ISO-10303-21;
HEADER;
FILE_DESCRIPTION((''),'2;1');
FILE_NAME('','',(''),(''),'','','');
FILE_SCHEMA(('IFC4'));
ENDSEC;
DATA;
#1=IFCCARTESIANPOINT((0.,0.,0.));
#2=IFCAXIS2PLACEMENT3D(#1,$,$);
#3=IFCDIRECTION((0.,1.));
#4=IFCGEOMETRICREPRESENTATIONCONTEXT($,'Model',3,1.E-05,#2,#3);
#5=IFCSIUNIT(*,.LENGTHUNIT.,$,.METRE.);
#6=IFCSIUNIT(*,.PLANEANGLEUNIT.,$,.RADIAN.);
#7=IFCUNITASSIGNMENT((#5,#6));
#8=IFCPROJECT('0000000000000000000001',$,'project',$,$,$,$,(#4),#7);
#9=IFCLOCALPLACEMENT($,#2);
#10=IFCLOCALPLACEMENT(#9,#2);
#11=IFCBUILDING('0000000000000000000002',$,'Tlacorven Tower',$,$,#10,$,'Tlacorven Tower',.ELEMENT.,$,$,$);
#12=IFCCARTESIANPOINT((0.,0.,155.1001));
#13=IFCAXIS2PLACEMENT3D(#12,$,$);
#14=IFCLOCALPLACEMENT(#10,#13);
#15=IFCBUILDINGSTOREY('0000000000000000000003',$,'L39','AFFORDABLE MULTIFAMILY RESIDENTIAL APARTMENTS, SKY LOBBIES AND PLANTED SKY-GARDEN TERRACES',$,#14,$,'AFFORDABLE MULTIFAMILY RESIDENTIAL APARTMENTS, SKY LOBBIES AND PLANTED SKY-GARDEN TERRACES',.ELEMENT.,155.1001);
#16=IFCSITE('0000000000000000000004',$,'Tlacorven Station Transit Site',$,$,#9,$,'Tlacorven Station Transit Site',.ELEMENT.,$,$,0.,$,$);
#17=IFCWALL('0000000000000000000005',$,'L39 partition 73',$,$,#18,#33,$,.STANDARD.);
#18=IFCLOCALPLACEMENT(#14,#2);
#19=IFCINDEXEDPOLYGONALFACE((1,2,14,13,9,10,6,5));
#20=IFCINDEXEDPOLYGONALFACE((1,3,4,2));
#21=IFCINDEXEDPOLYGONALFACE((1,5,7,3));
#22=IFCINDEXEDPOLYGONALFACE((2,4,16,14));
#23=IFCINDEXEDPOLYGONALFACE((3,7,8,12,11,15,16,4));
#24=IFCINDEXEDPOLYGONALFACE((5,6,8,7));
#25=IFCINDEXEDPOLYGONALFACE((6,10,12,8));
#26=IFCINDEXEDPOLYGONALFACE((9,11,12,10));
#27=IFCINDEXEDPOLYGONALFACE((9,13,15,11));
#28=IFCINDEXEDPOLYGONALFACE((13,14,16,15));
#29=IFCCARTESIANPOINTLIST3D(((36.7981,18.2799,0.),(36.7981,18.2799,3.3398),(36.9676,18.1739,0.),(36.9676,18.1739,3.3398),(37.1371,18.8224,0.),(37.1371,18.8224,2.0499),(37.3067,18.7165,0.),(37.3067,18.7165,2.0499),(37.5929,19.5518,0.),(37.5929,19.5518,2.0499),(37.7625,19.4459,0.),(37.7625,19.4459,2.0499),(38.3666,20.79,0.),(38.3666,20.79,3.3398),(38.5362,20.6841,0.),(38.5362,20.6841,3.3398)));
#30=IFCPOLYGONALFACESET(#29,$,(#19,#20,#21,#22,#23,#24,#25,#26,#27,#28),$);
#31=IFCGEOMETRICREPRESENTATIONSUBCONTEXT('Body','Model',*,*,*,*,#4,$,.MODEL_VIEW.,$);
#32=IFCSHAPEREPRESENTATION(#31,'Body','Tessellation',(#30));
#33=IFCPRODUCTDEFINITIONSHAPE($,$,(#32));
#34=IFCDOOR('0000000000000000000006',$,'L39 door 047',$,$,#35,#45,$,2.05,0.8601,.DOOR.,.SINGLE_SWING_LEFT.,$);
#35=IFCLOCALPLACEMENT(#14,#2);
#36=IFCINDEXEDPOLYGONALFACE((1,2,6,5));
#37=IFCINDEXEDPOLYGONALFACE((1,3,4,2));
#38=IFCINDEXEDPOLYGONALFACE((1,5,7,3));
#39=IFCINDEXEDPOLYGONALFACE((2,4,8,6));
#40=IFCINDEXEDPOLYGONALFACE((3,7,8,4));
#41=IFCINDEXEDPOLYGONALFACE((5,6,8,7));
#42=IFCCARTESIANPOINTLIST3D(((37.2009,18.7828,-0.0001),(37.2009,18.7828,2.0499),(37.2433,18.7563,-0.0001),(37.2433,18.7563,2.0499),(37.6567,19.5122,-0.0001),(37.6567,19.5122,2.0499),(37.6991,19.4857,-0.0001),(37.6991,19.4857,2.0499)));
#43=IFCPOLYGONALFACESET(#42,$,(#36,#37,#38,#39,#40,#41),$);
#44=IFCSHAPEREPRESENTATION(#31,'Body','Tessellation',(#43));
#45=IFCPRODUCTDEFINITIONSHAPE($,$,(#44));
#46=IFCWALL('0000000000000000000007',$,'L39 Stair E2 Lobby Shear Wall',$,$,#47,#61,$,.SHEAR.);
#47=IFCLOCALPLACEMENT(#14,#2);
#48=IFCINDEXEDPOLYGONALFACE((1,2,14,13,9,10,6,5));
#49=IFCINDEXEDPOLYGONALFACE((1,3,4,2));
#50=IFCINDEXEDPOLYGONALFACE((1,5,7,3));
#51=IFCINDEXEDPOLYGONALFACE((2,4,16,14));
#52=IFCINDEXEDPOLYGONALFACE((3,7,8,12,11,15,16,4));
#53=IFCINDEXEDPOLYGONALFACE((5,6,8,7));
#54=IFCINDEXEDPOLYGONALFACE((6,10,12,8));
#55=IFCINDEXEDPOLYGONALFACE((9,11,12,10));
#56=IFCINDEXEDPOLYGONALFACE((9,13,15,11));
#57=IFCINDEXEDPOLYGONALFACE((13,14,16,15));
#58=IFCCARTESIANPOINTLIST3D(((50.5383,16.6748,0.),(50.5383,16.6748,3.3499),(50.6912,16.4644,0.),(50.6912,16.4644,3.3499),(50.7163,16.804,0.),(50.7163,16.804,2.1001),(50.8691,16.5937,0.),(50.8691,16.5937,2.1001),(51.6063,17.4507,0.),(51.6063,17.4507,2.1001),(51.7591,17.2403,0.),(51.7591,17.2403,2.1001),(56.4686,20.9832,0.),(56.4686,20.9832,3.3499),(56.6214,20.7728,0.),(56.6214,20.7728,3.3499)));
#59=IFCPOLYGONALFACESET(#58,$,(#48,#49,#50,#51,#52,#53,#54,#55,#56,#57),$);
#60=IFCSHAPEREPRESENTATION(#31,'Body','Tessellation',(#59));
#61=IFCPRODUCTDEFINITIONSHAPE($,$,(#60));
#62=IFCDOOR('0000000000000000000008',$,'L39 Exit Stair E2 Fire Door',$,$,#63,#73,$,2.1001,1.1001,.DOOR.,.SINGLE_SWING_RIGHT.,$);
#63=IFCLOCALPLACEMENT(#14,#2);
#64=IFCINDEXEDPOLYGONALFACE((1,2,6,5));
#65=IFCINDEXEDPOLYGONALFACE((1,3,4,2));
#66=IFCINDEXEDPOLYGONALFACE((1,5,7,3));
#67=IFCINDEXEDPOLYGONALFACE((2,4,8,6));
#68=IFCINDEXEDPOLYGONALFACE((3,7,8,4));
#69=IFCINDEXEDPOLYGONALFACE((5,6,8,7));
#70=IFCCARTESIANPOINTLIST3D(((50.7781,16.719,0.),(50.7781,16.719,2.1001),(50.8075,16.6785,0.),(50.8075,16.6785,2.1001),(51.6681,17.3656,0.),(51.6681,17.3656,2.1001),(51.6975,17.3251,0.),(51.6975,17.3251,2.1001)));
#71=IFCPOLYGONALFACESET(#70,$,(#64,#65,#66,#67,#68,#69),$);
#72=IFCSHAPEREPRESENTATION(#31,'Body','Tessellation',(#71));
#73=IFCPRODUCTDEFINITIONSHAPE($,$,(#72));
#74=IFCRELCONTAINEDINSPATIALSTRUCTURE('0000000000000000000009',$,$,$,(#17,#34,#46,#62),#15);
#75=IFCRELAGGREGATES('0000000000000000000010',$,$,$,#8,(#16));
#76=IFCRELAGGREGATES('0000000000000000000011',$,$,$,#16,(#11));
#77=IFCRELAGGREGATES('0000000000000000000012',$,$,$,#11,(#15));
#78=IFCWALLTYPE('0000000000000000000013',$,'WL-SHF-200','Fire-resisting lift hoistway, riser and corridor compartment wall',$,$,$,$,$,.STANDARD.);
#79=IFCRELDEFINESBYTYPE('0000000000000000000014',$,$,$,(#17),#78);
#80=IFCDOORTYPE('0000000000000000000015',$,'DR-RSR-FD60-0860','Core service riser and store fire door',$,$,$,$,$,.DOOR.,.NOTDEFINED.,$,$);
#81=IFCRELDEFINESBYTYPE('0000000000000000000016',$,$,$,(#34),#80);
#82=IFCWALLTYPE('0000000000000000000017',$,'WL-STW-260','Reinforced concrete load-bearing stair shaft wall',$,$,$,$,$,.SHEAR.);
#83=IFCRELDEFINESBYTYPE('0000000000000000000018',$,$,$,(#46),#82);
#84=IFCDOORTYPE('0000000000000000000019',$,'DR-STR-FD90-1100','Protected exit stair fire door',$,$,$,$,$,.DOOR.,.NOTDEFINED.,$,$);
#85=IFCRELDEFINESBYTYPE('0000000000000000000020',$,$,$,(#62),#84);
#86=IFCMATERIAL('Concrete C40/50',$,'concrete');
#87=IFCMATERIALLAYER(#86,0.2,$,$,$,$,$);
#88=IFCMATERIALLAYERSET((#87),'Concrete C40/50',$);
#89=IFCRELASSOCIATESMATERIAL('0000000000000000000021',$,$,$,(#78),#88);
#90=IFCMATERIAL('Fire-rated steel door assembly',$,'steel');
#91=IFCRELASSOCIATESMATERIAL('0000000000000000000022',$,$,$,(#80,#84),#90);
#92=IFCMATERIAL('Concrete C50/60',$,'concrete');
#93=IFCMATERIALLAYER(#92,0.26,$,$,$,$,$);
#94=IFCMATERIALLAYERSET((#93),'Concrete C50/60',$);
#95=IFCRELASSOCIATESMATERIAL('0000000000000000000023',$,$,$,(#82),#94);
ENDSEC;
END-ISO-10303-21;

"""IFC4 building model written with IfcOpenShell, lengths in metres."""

from ifc_helpers import new_model, si_unit, direction, frame, frame_2d, origin, place, context, subcontext, project, spatial, rectangle, extrude, source, transform, mapped, material, layer, layer_set, type_object, element, fill, save


model = new_model("IFC4")

# Units and contexts
model_context = context("Model", 3, precision=1e-05, world=origin(), true_north=direction((0.0, 1.0)))
body_context = subcontext(model_context, "Body", "Model", "MODEL_VIEW")
ifc_project = project(units=[si_unit("LENGTHUNIT", "METRE"), si_unit("PLANEANGLEUNIT", "RADIAN")], contexts=[model_context])

# Site, building, storey
site_placement = place(None, origin())
site = spatial("IfcSite", under=ifc_project, at=site_placement, Name="Tlacorven Station Transit Site", LongName="Tlacorven Station Transit Site", CompositionType="ELEMENT", RefElevation=0.0)
building_placement = place(site_placement, origin())
building = spatial("IfcBuilding", under=site, at=building_placement, Name="Tlacorven Tower", LongName="Tlacorven Tower", CompositionType="ELEMENT")
storey_placement = place(building_placement, frame((0.0, 0.0, 155.1001)))
storey = spatial("IfcBuildingStorey", under=building, at=storey_placement, Name="L39", Description="AFFORDABLE MULTIFAMILY RESIDENTIAL APARTMENTS, SKY LOBBIES AND PLANTED SKY-GARDEN TERRACES", LongName="AFFORDABLE MULTIFAMILY RESIDENTIAL APARTMENTS, SKY LOBBIES AND PLANTED SKY-GARDEN TERRACES", CompositionType="ELEMENT", Elevation=155.1001)

# Shared definitions
ifc_material_1 = material(Name="Fire-rated steel door assembly", Category="steel")

# Walls, openings, doors
ifc_material_2 = material(Name="Concrete C40/50", Category="concrete")
ifc_layer_1 = layer(ifc_material_2, 0.2)
ifc_layer_set_1 = layer_set([ifc_layer_1], Name="Concrete C40/50")
wall_type_1 = type_object("IfcWallType", Name="WL-SHF-200", Description="Fire-resisting lift hoistway, riser and corridor compartment wall", PredefinedType="STANDARD", material=ifc_layer_set_1)
wall_1_placement = place(storey_placement, frame((38.4514, 20.7371, 0.0), z_axis=(0.0, 0.0, 1.0), x_axis=(-0.529925, -0.848045, 0.0)))
wall_1 = element("IfcWall", 1, at=wall_1_placement, inside=storey, type_object=wall_type_1, Name="L39 partition 73", PredefinedType="STANDARD", context=body_context, shape_type="SweptSolid", body=[
    extrude(rectangle(XDim=2.96, YDim=0.2, at=frame_2d((1.48, 0.0))), origin(), (0.0, 0.0, 1.0), 3.3398),
])
opening_1_placement = place(wall_1_placement, frame((1.46, 0.0, 0.0)))
opening_1 = element("IfcOpeningElement", 2, at=opening_1_placement, cuts=wall_1, PredefinedType="OPENING", context=body_context, shape_type="SweptSolid", body=[
    extrude(rectangle(XDim=0.8601, YDim=2.05, at=frame_2d((0.4302, 1.0249))), frame((0.0, 0.1099, 0.0), z_axis=(0.0, -1.0, 0.0), x_axis=(1.0, 0.0, 0.0)), (0.0, 0.0, 1.0), 0.22),
])
door_type_1 = type_object("IfcDoorType", Name="DR-RSR-FD60-0860", Description="Core service riser and store fire door", OperationType="NOTDEFINED", PredefinedType="DOOR", material=ifc_material_1)
shared_shape_1 = source(origin(), body_context, "Body", "SweptSolid", [
    extrude(rectangle(XDim=0.8601, YDim=2.05, at=frame_2d((0.4302, 1.0249))), frame((0.0, 0.0249, 0.0), z_axis=(0.0, -1.0, 0.0), x_axis=(1.0, 0.0, 0.0)), (0.0, 0.0, 1.0), 0.05),
])
door_1_placement = place(opening_1_placement, frame((0.8601, 0.0, 0.0), z_axis=(0.0, 0.0, 1.0), x_axis=(-1.0, 0.0, 0.0)))
door_1 = element("IfcDoor", 3, at=door_1_placement, inside=storey, type_object=door_type_1, Name="L39 door 047", OperationType="SINGLE_SWING_LEFT", OverallHeight=2.05, OverallWidth=0.8601, PredefinedType="DOOR", context=body_context, shape_type="MappedRepresentation", body=[
    mapped(shared_shape_1, transform((0.0, 0.0, 0.0), scale=1.0)),
])
fill(opening_1, door_1)
ifc_material_3 = material(Name="Concrete C50/60", Category="concrete")
ifc_layer_2 = layer(ifc_material_3, 0.26)
ifc_layer_set_2 = layer_set([ifc_layer_2], Name="Concrete C50/60")
wall_type_2 = type_object("IfcWallType", Name="WL-STW-260", Description="Reinforced concrete load-bearing stair shaft wall", PredefinedType="SHEAR", material=ifc_layer_set_2)
wall_2_placement = place(storey_placement, frame((50.6147, 16.5696, 0.0), z_axis=(0.0, 0.0, 1.0), x_axis=(0.809028, 0.58777, 0.0)))
wall_2 = element("IfcWall", 4, at=wall_2_placement, inside=storey, type_object=wall_type_2, Name="L39 Stair E2 Lobby Shear Wall", PredefinedType="SHEAR", context=body_context, shape_type="SweptSolid", body=[
    extrude(rectangle(XDim=7.3301, YDim=0.26, at=frame_2d((3.665, 0.0))), origin(), (0.0, 0.0, 1.0), 3.3499),
])
opening_2_placement = place(wall_2_placement, frame((0.22, 0.0, 0.0)))
opening_2 = element("IfcOpeningElement", 5, at=opening_2_placement, cuts=wall_2, PredefinedType="OPENING", context=body_context, shape_type="SweptSolid", body=[
    extrude(rectangle(XDim=1.1001, YDim=2.1001, at=frame_2d((0.55, 1.05))), frame((0.0, 0.1401, 0.0), z_axis=(0.0, -1.0, 0.0), x_axis=(1.0, 0.0, 0.0)), (0.0, 0.0, 1.0), 0.28),
])
door_type_2 = type_object("IfcDoorType", Name="DR-STR-FD90-1100", Description="Protected exit stair fire door", OperationType="NOTDEFINED", PredefinedType="DOOR", material=ifc_material_1)
shared_shape_2 = source(origin(), body_context, "Body", "SweptSolid", [
    extrude(rectangle(XDim=1.1001, YDim=2.1001, at=frame_2d((0.55, 1.05))), frame((0.0, 0.0249, 0.0), z_axis=(0.0, -1.0, 0.0), x_axis=(1.0, 0.0, 0.0)), (0.0, 0.0, 1.0), 0.05),
])
door_2_placement = place(opening_2_placement, origin())
door_2 = element("IfcDoor", 6, at=door_2_placement, inside=storey, type_object=door_type_2, Name="L39 Exit Stair E2 Fire Door", OperationType="SINGLE_SWING_RIGHT", OverallHeight=2.1001, OverallWidth=1.1001, PredefinedType="DOOR", context=body_context, shape_type="MappedRepresentation", body=[
    mapped(shared_shape_2, transform((0.0, 0.0, 0.0), scale=1.0)),
])
fill(opening_2, door_2)

save(model, "model.ifc")
